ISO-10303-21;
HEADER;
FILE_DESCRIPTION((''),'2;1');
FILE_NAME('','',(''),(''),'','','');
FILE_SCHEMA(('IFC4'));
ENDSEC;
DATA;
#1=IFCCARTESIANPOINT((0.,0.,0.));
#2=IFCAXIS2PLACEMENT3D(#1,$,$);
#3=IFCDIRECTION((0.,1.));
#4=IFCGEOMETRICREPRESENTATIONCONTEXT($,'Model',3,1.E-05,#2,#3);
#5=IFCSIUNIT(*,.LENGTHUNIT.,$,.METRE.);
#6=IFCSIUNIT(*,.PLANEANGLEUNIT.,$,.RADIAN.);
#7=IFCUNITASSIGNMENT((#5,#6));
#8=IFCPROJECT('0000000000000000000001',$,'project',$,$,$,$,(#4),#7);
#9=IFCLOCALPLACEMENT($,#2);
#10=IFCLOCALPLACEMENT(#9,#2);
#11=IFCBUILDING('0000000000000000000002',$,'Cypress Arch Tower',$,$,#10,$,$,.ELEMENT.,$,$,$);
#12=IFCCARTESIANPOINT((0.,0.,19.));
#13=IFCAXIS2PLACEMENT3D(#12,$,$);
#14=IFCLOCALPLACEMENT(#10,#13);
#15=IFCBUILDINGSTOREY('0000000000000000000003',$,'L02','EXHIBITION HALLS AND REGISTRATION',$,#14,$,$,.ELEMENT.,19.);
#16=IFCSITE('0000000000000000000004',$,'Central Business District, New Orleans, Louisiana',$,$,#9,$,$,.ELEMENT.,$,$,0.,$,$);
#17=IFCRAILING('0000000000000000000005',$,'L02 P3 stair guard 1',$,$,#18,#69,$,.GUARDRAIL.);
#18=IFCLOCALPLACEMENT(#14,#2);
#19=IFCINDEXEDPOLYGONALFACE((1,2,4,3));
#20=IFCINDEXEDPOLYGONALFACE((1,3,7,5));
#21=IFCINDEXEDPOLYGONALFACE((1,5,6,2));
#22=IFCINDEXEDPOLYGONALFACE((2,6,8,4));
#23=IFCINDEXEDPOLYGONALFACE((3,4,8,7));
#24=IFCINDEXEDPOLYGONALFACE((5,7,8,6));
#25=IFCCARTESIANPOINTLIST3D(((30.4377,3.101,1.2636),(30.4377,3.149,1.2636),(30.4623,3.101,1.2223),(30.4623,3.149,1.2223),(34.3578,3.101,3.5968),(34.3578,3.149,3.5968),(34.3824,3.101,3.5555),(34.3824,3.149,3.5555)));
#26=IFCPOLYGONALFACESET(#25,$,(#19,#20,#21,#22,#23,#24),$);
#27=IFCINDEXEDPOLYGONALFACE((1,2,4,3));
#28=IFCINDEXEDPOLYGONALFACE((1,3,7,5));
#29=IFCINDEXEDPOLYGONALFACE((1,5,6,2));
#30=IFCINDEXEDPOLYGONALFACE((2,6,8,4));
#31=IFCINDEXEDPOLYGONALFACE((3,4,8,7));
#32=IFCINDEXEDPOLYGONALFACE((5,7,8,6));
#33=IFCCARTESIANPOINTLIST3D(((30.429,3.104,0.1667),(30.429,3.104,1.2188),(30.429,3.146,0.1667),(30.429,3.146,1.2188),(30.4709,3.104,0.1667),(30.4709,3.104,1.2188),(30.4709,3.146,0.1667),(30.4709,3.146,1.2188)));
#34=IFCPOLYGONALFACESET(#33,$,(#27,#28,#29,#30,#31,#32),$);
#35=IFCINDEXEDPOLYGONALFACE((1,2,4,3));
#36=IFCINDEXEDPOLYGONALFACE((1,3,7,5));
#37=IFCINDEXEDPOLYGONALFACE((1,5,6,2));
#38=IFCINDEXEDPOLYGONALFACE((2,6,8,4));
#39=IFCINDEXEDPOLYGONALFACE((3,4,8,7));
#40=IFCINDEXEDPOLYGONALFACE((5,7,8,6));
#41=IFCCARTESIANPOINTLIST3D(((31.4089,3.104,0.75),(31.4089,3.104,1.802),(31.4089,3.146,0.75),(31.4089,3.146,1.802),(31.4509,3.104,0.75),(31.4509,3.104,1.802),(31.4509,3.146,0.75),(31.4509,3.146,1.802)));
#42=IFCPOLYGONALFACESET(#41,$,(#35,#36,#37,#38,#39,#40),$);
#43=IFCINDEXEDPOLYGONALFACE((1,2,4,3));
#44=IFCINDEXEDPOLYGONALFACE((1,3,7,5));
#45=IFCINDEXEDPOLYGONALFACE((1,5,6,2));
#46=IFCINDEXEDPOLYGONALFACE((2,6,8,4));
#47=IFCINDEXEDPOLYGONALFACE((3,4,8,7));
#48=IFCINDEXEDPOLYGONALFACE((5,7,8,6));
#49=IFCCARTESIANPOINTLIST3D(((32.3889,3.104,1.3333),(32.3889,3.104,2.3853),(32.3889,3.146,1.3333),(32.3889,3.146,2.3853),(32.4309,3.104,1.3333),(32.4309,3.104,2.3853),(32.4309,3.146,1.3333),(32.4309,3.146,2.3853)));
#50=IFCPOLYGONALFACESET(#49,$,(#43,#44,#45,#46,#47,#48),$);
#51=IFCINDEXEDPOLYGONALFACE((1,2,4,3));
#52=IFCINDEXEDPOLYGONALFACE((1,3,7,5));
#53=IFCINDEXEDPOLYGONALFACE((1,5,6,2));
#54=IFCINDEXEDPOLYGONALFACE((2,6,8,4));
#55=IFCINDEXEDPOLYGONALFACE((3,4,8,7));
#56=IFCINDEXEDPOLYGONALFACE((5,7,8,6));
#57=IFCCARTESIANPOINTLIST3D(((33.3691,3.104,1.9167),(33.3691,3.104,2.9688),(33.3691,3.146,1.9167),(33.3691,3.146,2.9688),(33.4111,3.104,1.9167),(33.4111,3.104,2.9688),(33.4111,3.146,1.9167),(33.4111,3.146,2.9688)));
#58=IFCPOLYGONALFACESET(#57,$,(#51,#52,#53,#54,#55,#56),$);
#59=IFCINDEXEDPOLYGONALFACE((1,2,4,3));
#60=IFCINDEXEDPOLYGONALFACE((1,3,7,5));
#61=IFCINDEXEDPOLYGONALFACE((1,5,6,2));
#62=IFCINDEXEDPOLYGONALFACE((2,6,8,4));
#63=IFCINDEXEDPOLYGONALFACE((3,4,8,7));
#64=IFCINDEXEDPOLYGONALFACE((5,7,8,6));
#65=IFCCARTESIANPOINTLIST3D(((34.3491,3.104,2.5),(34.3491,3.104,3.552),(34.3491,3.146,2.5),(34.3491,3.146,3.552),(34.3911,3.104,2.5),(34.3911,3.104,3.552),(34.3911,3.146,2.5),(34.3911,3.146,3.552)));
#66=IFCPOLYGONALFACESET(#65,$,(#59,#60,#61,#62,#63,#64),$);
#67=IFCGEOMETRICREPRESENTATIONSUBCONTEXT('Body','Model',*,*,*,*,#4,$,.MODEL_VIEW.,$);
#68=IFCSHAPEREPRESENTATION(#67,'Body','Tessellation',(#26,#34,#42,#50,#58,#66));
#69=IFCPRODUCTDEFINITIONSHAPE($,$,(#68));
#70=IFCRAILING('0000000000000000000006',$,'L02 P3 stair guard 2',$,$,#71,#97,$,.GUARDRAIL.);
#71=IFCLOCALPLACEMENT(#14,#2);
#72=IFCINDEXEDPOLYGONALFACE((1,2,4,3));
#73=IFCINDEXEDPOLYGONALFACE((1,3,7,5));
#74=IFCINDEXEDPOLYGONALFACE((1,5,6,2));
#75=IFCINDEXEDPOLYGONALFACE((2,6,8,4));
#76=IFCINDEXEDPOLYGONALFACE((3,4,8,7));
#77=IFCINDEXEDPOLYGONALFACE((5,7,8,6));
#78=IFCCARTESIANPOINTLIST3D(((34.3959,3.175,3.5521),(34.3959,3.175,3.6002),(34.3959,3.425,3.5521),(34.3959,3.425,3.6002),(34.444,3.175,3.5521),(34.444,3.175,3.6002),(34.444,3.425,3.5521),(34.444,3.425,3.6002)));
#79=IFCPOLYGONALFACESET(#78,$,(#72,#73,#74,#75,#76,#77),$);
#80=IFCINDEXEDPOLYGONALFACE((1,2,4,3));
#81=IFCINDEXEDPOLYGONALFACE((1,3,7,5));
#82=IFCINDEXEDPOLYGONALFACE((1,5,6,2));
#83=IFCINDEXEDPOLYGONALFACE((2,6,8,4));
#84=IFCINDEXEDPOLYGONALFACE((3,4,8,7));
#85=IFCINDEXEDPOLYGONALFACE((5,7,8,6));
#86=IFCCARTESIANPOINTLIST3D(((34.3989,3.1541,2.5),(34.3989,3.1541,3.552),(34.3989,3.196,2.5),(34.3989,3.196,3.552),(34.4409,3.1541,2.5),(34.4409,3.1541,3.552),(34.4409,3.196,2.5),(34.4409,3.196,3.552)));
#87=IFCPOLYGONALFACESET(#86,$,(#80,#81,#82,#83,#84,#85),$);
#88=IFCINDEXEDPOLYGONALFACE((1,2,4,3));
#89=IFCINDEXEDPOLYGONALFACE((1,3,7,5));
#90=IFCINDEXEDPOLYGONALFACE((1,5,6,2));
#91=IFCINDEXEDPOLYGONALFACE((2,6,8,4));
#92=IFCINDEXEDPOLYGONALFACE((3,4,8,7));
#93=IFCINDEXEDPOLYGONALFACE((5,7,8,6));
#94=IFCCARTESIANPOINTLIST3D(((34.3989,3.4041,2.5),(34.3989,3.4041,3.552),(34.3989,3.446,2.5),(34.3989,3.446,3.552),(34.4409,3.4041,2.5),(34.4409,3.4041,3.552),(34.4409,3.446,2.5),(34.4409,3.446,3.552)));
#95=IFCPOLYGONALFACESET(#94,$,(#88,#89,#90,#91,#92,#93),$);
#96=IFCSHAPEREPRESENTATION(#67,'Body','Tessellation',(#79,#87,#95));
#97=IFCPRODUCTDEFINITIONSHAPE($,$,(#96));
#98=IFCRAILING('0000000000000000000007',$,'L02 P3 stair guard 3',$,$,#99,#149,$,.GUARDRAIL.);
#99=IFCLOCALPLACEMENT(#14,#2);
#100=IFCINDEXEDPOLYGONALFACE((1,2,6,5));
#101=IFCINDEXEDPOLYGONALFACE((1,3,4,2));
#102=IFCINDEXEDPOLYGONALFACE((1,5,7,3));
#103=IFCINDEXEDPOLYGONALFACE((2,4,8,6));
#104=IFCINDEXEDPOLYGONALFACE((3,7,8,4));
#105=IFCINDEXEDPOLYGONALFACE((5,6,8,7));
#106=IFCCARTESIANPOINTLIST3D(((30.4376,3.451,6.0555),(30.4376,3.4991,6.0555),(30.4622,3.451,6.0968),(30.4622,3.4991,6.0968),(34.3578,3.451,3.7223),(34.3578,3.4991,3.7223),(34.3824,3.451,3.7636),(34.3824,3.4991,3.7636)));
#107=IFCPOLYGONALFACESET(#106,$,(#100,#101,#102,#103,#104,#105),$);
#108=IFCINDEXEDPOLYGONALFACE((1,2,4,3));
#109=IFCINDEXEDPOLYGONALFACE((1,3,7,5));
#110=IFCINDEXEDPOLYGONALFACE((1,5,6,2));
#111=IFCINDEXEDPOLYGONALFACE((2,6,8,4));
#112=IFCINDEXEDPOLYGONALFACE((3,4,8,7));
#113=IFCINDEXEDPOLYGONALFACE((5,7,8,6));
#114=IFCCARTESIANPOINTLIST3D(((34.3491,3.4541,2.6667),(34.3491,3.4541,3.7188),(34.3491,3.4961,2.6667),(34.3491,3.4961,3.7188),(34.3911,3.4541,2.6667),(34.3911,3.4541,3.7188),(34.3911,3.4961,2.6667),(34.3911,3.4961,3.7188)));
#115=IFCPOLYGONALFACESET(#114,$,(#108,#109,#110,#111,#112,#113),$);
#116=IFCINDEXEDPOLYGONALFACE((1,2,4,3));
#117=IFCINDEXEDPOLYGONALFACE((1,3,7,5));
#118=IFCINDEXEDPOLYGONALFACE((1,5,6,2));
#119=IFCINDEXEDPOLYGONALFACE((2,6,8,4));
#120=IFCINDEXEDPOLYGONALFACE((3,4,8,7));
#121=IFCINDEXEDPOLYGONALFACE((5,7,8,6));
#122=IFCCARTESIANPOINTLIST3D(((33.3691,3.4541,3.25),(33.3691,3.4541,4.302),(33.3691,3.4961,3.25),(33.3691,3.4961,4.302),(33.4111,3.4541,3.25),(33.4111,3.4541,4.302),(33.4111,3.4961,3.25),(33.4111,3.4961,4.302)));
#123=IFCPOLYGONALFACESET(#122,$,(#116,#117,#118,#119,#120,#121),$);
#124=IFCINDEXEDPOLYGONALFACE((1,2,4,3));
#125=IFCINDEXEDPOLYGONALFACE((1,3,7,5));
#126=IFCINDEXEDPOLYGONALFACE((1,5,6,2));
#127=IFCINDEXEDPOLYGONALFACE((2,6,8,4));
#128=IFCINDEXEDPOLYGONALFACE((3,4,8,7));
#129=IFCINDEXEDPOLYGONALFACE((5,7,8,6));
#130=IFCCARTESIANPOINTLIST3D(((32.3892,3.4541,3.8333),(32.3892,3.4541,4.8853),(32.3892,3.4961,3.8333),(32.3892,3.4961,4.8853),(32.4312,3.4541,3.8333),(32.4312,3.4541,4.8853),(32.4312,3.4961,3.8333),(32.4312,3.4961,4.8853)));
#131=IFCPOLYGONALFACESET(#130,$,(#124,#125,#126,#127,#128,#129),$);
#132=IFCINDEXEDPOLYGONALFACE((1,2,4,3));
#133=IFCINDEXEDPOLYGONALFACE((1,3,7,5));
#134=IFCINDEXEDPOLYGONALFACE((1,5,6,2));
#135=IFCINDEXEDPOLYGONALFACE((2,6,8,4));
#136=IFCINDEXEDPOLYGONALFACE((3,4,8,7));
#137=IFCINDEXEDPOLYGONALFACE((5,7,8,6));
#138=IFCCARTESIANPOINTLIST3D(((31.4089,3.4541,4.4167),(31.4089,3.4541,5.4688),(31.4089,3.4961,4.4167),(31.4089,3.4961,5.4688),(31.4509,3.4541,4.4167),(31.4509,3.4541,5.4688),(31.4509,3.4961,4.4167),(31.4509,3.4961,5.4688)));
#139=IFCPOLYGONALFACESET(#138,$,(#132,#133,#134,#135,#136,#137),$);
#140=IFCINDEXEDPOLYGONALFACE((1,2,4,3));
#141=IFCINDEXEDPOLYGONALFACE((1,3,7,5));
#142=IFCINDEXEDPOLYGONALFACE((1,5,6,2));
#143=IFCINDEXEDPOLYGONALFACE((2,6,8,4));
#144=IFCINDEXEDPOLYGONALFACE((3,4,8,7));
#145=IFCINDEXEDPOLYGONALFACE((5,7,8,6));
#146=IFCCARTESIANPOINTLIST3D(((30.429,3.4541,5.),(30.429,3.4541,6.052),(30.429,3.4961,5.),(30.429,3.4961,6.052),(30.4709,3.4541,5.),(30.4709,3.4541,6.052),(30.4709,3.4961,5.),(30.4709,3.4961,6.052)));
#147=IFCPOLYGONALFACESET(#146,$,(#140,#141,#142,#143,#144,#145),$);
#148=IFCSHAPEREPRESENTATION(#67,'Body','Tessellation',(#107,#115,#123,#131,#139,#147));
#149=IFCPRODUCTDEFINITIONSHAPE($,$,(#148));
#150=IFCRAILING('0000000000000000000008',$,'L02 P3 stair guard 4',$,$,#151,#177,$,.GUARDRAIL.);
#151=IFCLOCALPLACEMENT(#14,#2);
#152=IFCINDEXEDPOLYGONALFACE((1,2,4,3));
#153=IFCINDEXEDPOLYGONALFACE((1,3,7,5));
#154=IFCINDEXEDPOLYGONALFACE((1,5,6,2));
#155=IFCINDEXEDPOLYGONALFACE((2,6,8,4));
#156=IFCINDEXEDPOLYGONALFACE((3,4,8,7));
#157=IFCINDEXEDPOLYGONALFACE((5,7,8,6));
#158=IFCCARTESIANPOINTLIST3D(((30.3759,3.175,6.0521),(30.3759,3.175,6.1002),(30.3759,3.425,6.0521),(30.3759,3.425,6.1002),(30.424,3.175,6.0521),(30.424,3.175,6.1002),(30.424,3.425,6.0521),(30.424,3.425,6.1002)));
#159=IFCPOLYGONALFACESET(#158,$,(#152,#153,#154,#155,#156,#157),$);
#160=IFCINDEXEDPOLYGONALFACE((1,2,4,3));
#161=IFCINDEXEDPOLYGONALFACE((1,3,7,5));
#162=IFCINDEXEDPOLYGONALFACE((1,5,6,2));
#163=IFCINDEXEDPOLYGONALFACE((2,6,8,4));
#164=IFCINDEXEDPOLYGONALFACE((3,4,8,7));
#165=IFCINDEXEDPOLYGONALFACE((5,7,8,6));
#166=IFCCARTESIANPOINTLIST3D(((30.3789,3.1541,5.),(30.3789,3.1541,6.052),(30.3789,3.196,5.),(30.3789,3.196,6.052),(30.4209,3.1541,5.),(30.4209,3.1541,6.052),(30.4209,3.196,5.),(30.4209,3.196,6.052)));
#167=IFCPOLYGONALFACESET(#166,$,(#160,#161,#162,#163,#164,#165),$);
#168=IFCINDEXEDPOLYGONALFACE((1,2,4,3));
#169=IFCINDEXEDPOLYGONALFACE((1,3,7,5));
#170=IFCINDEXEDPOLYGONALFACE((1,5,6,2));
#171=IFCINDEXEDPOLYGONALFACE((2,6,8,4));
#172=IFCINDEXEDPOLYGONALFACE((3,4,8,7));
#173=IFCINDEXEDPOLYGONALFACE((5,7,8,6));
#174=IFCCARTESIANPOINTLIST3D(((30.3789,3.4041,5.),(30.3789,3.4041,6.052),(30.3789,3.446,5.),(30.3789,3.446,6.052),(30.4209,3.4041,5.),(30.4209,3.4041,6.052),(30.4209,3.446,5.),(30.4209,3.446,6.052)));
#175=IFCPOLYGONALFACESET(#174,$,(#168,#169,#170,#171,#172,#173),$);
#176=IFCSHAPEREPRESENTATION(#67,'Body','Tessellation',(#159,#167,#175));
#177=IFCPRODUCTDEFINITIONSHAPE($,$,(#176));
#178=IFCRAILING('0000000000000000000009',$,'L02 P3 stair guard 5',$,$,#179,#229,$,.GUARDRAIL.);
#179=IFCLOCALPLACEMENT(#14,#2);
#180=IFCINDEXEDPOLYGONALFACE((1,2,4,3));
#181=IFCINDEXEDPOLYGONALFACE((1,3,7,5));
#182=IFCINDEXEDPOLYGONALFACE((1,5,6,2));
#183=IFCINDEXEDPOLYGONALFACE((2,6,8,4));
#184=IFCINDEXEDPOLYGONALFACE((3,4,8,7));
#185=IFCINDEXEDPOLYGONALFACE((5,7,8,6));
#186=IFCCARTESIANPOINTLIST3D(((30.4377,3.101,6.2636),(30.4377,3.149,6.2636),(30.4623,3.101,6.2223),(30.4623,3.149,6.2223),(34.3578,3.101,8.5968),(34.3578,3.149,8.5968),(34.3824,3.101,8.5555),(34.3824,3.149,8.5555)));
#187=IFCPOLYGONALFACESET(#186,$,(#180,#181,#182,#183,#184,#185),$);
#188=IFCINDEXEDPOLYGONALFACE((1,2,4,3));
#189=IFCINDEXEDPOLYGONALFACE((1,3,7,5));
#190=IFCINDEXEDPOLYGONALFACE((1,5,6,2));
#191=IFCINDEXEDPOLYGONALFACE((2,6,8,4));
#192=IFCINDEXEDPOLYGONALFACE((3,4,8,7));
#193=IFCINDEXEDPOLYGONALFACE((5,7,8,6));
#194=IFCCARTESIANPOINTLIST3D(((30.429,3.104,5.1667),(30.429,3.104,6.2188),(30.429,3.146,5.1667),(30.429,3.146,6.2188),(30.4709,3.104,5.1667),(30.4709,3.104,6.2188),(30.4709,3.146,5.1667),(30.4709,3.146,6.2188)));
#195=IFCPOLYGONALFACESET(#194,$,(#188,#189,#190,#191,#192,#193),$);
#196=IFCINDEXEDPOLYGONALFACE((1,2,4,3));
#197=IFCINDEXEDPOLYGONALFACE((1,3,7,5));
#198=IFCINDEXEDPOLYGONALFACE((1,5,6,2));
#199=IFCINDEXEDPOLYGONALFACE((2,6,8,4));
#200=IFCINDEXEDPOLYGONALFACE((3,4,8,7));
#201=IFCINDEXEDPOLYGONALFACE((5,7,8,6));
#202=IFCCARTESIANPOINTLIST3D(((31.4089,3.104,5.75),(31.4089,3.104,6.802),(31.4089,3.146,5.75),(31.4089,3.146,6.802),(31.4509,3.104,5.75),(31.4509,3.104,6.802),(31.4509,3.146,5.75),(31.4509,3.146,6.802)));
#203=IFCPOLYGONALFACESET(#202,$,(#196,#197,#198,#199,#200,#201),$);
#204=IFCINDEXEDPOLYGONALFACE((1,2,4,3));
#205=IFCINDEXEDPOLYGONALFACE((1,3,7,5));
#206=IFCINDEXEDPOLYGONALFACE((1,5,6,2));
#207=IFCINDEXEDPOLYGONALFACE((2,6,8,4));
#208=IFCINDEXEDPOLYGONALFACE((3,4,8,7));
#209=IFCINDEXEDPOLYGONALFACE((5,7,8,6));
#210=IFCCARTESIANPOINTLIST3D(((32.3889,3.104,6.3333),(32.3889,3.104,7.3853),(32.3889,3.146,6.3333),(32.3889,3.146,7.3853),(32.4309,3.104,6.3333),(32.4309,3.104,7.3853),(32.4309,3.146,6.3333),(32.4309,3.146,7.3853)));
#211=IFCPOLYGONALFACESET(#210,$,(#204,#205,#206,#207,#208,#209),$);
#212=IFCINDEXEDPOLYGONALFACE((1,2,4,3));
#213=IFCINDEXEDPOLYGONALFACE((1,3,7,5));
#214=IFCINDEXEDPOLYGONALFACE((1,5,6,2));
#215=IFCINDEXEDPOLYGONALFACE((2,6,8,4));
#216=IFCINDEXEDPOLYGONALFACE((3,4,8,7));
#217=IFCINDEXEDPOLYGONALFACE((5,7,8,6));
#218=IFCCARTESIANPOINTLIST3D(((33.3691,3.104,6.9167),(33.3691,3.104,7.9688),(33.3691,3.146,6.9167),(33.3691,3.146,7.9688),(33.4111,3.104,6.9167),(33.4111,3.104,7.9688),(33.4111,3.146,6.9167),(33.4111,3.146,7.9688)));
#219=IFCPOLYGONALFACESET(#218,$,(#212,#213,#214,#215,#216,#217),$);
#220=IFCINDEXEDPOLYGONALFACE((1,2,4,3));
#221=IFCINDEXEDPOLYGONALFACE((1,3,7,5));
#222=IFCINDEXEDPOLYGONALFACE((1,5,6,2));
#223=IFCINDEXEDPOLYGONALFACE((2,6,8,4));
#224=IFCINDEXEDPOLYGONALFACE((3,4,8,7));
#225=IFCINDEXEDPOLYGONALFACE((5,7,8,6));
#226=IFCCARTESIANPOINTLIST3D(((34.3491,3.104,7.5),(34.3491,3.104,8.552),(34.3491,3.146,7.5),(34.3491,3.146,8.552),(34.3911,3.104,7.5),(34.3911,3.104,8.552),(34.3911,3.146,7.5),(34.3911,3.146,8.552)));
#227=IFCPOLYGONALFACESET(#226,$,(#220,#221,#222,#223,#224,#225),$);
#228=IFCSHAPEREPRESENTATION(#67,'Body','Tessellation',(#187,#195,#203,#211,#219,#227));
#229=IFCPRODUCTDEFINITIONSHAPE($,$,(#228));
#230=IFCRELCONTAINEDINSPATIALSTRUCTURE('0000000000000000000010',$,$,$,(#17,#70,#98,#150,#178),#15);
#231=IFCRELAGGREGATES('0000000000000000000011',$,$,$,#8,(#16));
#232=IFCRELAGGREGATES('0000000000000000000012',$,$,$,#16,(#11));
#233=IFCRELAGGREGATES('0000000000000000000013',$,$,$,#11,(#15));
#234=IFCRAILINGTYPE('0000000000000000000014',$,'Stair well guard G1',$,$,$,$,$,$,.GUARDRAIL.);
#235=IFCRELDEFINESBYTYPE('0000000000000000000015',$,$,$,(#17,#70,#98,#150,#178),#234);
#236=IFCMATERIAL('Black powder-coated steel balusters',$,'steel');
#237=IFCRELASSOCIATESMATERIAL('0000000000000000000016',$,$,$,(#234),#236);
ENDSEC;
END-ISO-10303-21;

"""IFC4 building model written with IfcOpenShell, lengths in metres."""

from ifc_helpers import new_model, si_unit, direction, frame, origin, origin_2d, place, context, subcontext, project, spatial, rectangle, extrude, material, type_object, element, save


model = new_model("IFC4")

# Units and contexts
model_context = context("Model", 3, precision=1e-05, world=origin(), true_north=direction((0.0, 1.0)))
body_context = subcontext(model_context, "Body", "Model", "MODEL_VIEW")
ifc_project = project(units=[si_unit("LENGTHUNIT", "METRE"), si_unit("PLANEANGLEUNIT", "RADIAN")], contexts=[model_context])

# Site, building, storey
site_placement = place(None, origin())
site = spatial("IfcSite", under=ifc_project, at=site_placement, Name="Central Business District, New Orleans, Louisiana", CompositionType="ELEMENT", RefElevation=0.0)
building_placement = place(site_placement, origin())
building = spatial("IfcBuilding", under=site, at=building_placement, Name="Cypress Arch Tower", CompositionType="ELEMENT")
storey_placement = place(building_placement, frame((0.0, 0.0, 19.0)))
storey = spatial("IfcBuildingStorey", under=building, at=storey_placement, Name="L02", Description="EXHIBITION HALLS AND REGISTRATION", CompositionType="ELEMENT", Elevation=19.0)

# Railings
ifc_material_1 = material(Name="Black powder-coated steel balusters", Category="steel")
railing_type_1 = type_object("IfcRailingType", Name="Stair well guard G1", PredefinedType="GUARDRAIL", material=ifc_material_1)
railing_1_placement = place(storey_placement, frame((30.45, 3.125, 0.1667)))
element("IfcRailing", 1, at=railing_1_placement, inside=storey, type_object=railing_type_1, Name="L02 P3 stair guard 1", PredefinedType="GUARDRAIL", context=body_context, shape_type="SweptSolid", body=[
    extrude(rectangle(XDim=0.0481, YDim=0.0481, at=origin_2d()), frame((0.0, 0.0, 1.0762), z_axis=(0.85931, 0.0, 0.511455), x_axis=(0.0, 1.0, 0.0)), (0.0, 0.0, 1.0), 4.562),
    extrude(rectangle(XDim=0.042, YDim=0.042, at=origin_2d()), origin(), (0.0, 0.0, 1.0), 1.052),
    extrude(rectangle(XDim=0.042, YDim=0.042, at=origin_2d()), frame((0.98, 0.0, 0.5833)), (0.0, 0.0, 1.0), 1.052),
    extrude(rectangle(XDim=0.042, YDim=0.042, at=origin_2d()), frame((1.96, 0.0, 1.1665)), (0.0, 0.0, 1.0), 1.052),
    extrude(rectangle(XDim=0.042, YDim=0.042, at=origin_2d()), frame((2.9402, 0.0, 1.75)), (0.0, 0.0, 1.0), 1.052),
    extrude(rectangle(XDim=0.042, YDim=0.042, at=origin_2d()), frame((3.9202, 0.0, 2.3333)), (0.0, 0.0, 1.0), 1.052),
])
railing_2_placement = place(storey_placement, frame((34.4199, 3.175, 2.5)))
element("IfcRailing", 2, at=railing_2_placement, inside=storey, type_object=railing_type_1, Name="L02 P3 stair guard 2", PredefinedType="GUARDRAIL", context=body_context, shape_type="SweptSolid", body=[
    extrude(rectangle(XDim=0.0481, YDim=0.0481, at=origin_2d()), frame((0.0, 0.0, 1.0762), z_axis=(0.0, 1.0, 0.0), x_axis=(-1.0, 0.0, 0.0)), (0.0, 0.0, 1.0), 0.25),
    extrude(rectangle(XDim=0.042, YDim=0.042, at=origin_2d()), origin(), (0.0, 0.0, 1.0), 1.052),
    extrude(rectangle(XDim=0.042, YDim=0.042, at=origin_2d()), frame((0.0, 0.25, 0.0)), (0.0, 0.0, 1.0), 1.052),
])
railing_3_placement = place(storey_placement, frame((34.3701, 3.4751, 2.6667)))
element("IfcRailing", 3, at=railing_3_placement, inside=storey, type_object=railing_type_1, Name="L02 P3 stair guard 3", PredefinedType="GUARDRAIL", context=body_context, shape_type="SweptSolid", body=[
    extrude(rectangle(XDim=0.0481, YDim=0.0481, at=origin_2d()), frame((0.0, 0.0, 1.0762), z_axis=(-0.85931, 0.0, 0.511455), x_axis=(0.0, -1.0, 0.0)), (0.0, 0.0, 1.0), 4.562),
    extrude(rectangle(XDim=0.042, YDim=0.042, at=origin_2d()), origin(), (0.0, 0.0, 1.0), 1.052),
    extrude(rectangle(XDim=0.042, YDim=0.042, at=origin_2d()), frame((-0.98, 0.0, 0.5833)), (0.0, 0.0, 1.0), 1.052),
    extrude(rectangle(XDim=0.042, YDim=0.042, at=origin_2d()), frame((-1.96, 0.0, 1.1665)), (0.0, 0.0, 1.0), 1.052),
    extrude(rectangle(XDim=0.042, YDim=0.042, at=origin_2d()), frame((-2.9402, 0.0, 1.75)), (0.0, 0.0, 1.0), 1.052),
    extrude(rectangle(XDim=0.042, YDim=0.042, at=origin_2d()), frame((-3.9202, 0.0, 2.3333)), (0.0, 0.0, 1.0), 1.052),
])
railing_4_placement = place(storey_placement, frame((30.3999, 3.175, 5.0)))
element("IfcRailing", 4, at=railing_4_placement, inside=storey, type_object=railing_type_1, Name="L02 P3 stair guard 4", PredefinedType="GUARDRAIL", context=body_context, shape_type="SweptSolid", body=[
    extrude(rectangle(XDim=0.0481, YDim=0.0481, at=origin_2d()), frame((0.0, 0.0, 1.0762), z_axis=(0.0, 1.0, 0.0), x_axis=(-1.0, 0.0, 0.0)), (0.0, 0.0, 1.0), 0.25),
    extrude(rectangle(XDim=0.042, YDim=0.042, at=origin_2d()), origin(), (0.0, 0.0, 1.0), 1.052),
    extrude(rectangle(XDim=0.042, YDim=0.042, at=origin_2d()), frame((0.0, 0.25, 0.0)), (0.0, 0.0, 1.0), 1.052),
])
railing_5_placement = place(storey_placement, frame((30.45, 3.125, 5.1667)))
element("IfcRailing", 5, at=railing_5_placement, inside=storey, type_object=railing_type_1, Name="L02 P3 stair guard 5", PredefinedType="GUARDRAIL", context=body_context, shape_type="SweptSolid", body=[
    extrude(rectangle(XDim=0.0481, YDim=0.0481, at=origin_2d()), frame((0.0, 0.0, 1.0762), z_axis=(0.85931, 0.0, 0.511455), x_axis=(0.0, 1.0, 0.0)), (0.0, 0.0, 1.0), 4.562),
    extrude(rectangle(XDim=0.042, YDim=0.042, at=origin_2d()), origin(), (0.0, 0.0, 1.0), 1.052),
    extrude(rectangle(XDim=0.042, YDim=0.042, at=origin_2d()), frame((0.98, 0.0, 0.5833)), (0.0, 0.0, 1.0), 1.052),
    extrude(rectangle(XDim=0.042, YDim=0.042, at=origin_2d()), frame((1.96, 0.0, 1.1665)), (0.0, 0.0, 1.0), 1.052),
    extrude(rectangle(XDim=0.042, YDim=0.042, at=origin_2d()), frame((2.9402, 0.0, 1.75)), (0.0, 0.0, 1.0), 1.052),
    extrude(rectangle(XDim=0.042, YDim=0.042, at=origin_2d()), frame((3.9202, 0.0, 2.3333)), (0.0, 0.0, 1.0), 1.052),
])

save(model, "model.ifc")
